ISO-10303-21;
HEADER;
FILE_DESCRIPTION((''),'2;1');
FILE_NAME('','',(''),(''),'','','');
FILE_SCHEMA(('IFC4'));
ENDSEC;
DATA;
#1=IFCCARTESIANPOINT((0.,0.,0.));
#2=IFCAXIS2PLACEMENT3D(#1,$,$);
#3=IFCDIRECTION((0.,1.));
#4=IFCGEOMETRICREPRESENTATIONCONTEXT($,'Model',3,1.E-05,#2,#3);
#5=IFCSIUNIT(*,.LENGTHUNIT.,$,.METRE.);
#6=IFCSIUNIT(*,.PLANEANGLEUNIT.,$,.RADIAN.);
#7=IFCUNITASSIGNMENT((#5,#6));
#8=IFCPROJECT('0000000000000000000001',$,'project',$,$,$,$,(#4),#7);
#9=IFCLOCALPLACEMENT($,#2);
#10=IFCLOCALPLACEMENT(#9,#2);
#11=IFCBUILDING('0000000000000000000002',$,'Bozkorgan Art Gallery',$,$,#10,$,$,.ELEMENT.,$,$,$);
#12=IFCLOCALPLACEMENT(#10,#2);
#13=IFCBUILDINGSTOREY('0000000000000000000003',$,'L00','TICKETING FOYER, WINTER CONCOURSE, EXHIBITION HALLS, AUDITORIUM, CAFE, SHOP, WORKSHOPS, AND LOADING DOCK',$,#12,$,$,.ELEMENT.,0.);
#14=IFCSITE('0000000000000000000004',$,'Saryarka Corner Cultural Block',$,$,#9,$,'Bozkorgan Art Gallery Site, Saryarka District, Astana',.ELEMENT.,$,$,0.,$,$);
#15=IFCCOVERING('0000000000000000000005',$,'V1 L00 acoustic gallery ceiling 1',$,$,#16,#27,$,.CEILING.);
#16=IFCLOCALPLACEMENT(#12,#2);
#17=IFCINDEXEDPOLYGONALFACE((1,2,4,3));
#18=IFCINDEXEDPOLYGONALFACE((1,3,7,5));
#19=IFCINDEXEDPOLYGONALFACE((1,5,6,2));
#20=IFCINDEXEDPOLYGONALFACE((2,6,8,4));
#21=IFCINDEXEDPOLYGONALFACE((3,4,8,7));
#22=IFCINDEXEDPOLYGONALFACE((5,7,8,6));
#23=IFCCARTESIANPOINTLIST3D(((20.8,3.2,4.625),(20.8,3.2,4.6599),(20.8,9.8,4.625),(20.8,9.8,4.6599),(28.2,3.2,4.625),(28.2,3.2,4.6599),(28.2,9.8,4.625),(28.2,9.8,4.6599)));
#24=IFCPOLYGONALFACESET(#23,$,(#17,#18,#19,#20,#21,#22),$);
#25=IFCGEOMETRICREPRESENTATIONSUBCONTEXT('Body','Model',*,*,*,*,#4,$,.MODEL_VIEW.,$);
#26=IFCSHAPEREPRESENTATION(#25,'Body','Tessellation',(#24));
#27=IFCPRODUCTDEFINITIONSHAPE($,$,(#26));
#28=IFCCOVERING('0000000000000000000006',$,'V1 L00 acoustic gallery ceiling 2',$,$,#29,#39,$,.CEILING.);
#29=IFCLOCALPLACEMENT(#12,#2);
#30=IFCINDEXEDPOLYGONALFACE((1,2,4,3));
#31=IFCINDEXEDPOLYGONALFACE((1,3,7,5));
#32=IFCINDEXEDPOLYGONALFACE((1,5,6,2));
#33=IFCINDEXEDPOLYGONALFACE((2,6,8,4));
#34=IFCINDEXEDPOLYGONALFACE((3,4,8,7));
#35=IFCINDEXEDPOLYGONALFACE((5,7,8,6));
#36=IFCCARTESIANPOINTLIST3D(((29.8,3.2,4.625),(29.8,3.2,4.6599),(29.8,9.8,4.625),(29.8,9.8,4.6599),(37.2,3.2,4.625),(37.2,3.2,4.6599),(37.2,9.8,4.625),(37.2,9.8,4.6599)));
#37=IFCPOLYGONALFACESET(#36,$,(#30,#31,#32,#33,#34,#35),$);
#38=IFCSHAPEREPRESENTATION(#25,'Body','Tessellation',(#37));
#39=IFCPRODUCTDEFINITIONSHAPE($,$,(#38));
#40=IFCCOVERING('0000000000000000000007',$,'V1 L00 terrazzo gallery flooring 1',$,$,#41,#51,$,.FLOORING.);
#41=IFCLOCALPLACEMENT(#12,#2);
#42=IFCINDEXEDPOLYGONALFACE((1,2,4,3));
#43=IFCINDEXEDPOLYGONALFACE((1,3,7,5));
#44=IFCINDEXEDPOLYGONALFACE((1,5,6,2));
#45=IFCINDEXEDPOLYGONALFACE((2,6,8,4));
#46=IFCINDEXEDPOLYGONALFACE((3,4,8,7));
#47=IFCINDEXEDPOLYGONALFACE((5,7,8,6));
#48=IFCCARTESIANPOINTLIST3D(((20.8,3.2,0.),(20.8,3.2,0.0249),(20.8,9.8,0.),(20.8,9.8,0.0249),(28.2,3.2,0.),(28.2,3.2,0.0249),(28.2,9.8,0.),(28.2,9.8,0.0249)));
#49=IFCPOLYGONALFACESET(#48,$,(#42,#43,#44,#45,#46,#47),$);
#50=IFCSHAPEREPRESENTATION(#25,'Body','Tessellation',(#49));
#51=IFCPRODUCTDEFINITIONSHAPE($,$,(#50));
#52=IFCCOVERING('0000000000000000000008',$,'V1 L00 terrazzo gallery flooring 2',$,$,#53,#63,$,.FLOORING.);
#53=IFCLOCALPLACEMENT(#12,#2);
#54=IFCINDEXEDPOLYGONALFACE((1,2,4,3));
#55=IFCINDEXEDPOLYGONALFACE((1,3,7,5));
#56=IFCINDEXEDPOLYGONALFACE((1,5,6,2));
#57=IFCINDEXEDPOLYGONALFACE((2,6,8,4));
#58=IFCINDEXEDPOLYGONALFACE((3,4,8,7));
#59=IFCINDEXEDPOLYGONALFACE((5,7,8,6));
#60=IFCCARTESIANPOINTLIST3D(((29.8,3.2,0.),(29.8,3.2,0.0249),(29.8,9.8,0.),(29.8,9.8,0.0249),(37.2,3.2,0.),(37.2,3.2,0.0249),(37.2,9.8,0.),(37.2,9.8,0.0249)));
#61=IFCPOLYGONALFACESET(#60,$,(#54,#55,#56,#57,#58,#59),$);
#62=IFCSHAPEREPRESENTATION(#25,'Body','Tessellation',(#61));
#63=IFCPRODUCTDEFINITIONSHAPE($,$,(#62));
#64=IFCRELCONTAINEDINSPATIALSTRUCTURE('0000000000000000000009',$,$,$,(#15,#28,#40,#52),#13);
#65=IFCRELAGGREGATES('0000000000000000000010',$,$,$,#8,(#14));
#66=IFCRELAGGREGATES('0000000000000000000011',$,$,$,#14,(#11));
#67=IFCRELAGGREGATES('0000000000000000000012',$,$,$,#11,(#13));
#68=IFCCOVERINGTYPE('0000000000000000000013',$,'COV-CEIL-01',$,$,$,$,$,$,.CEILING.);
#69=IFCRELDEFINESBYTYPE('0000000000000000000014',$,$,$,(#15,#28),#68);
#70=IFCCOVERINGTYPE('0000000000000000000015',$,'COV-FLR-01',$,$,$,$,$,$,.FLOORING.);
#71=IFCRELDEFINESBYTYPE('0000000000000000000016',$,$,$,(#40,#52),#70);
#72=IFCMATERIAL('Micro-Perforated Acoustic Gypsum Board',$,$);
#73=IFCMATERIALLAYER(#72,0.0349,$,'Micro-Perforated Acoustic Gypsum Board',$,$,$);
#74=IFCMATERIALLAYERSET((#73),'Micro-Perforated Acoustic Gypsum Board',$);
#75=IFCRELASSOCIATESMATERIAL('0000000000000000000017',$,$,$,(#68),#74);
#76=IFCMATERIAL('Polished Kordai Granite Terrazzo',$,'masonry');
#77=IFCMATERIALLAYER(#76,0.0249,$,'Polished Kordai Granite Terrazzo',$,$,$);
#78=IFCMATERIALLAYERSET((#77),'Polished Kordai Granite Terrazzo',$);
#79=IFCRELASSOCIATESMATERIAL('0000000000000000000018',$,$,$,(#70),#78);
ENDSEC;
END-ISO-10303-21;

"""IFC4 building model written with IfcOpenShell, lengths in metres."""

from ifc_helpers import new_model, si_unit, direction, frame, origin, place, context, subcontext, project, spatial, polyline, outline, extrude, material, layer, layer_set, type_object, element, save


model = new_model("IFC4")

# Units and contexts
model_context = context("Model", 3, precision=1e-05, world=origin(), true_north=direction((0.0, 1.0)))
body_context = subcontext(model_context, "Body", "Model", "MODEL_VIEW")
ifc_project = project(units=[si_unit("LENGTHUNIT", "METRE"), si_unit("PLANEANGLEUNIT", "RADIAN")], contexts=[model_context])

# Site, building, storey
site_placement = place(None, origin())
site = spatial("IfcSite", under=ifc_project, at=site_placement, Name="Saryarka Corner Cultural Block", LongName="Bozkorgan Art Gallery Site, Saryarka District, Astana", CompositionType="ELEMENT", RefElevation=0.0)
building_placement = place(site_placement, origin())
building = spatial("IfcBuilding", under=site, at=building_placement, Name="Bozkorgan Art Gallery", CompositionType="ELEMENT")
storey_placement = place(building_placement, origin())
storey = spatial("IfcBuildingStorey", under=building, at=storey_placement, Name="L00", Description="TICKETING FOYER, WINTER CONCOURSE, EXHIBITION HALLS, AUDITORIUM, CAFE, SHOP, WORKSHOPS, AND LOADING DOCK", CompositionType="ELEMENT", Elevation=0.0)

# Coverings
ifc_material_1 = material(Name="Micro-Perforated Acoustic Gypsum Board")
ifc_layer_1 = layer(ifc_material_1, 0.0349, Name="Micro-Perforated Acoustic Gypsum Board")
ifc_layer_set_1 = layer_set([ifc_layer_1], Name="Micro-Perforated Acoustic Gypsum Board")
covering_type_1 = type_object("IfcCoveringType", Name="COV-CEIL-01", PredefinedType="CEILING", material=ifc_layer_set_1)
covering_1_placement = place(storey_placement, frame((0.0, 0.0, 4.625)))
element("IfcCovering", 1, at=covering_1_placement, inside=storey, type_object=covering_type_1, Name="V1 L00 acoustic gallery ceiling 1", PredefinedType="CEILING", context=body_context, shape_type="SweptSolid", body=[
    extrude(outline(polyline([(20.8, 3.2), (28.2, 3.2), (28.2, 9.8), (20.8, 9.8), (20.8, 3.2)])), origin(), (0.0, 0.0, 1.0), 0.0349),
])
covering_2_placement = place(storey_placement, frame((0.0, 0.0, 4.625)))
element("IfcCovering", 2, at=covering_2_placement, inside=storey, type_object=covering_type_1, Name="V1 L00 acoustic gallery ceiling 2", PredefinedType="CEILING", context=body_context, shape_type="SweptSolid", body=[
    extrude(outline(polyline([(29.8, 3.2), (37.2, 3.2), (37.2, 9.8), (29.8, 9.8), (29.8, 3.2)])), origin(), (0.0, 0.0, 1.0), 0.0349),
])
ifc_material_2 = material(Name="Polished Kordai Granite Terrazzo", Category="masonry")
ifc_layer_2 = layer(ifc_material_2, 0.0249, Name="Polished Kordai Granite Terrazzo")
ifc_layer_set_2 = layer_set([ifc_layer_2], Name="Polished Kordai Granite Terrazzo")
covering_type_2 = type_object("IfcCoveringType", Name="COV-FLR-01", PredefinedType="FLOORING", material=ifc_layer_set_2)
covering_3_placement = place(storey_placement, origin())
element("IfcCovering", 3, at=covering_3_placement, inside=storey, type_object=covering_type_2, Name="V1 L00 terrazzo gallery flooring 1", PredefinedType="FLOORING", context=body_context, shape_type="SweptSolid", body=[
    extrude(outline(polyline([(20.8, 3.2), (28.2, 3.2), (28.2, 9.8), (20.8, 9.8), (20.8, 3.2)])), origin(), (0.0, 0.0, 1.0), 0.0249),
])
covering_4_placement = place(storey_placement, origin())
element("IfcCovering", 4, at=covering_4_placement, inside=storey, type_object=covering_type_2, Name="V1 L00 terrazzo gallery flooring 2", PredefinedType="FLOORING", context=body_context, shape_type="SweptSolid", body=[
    extrude(outline(polyline([(29.8, 3.2), (37.2, 3.2), (37.2, 9.8), (29.8, 9.8), (29.8, 3.2)])), origin(), (0.0, 0.0, 1.0), 0.0249),
])

save(model, "model.ifc")
